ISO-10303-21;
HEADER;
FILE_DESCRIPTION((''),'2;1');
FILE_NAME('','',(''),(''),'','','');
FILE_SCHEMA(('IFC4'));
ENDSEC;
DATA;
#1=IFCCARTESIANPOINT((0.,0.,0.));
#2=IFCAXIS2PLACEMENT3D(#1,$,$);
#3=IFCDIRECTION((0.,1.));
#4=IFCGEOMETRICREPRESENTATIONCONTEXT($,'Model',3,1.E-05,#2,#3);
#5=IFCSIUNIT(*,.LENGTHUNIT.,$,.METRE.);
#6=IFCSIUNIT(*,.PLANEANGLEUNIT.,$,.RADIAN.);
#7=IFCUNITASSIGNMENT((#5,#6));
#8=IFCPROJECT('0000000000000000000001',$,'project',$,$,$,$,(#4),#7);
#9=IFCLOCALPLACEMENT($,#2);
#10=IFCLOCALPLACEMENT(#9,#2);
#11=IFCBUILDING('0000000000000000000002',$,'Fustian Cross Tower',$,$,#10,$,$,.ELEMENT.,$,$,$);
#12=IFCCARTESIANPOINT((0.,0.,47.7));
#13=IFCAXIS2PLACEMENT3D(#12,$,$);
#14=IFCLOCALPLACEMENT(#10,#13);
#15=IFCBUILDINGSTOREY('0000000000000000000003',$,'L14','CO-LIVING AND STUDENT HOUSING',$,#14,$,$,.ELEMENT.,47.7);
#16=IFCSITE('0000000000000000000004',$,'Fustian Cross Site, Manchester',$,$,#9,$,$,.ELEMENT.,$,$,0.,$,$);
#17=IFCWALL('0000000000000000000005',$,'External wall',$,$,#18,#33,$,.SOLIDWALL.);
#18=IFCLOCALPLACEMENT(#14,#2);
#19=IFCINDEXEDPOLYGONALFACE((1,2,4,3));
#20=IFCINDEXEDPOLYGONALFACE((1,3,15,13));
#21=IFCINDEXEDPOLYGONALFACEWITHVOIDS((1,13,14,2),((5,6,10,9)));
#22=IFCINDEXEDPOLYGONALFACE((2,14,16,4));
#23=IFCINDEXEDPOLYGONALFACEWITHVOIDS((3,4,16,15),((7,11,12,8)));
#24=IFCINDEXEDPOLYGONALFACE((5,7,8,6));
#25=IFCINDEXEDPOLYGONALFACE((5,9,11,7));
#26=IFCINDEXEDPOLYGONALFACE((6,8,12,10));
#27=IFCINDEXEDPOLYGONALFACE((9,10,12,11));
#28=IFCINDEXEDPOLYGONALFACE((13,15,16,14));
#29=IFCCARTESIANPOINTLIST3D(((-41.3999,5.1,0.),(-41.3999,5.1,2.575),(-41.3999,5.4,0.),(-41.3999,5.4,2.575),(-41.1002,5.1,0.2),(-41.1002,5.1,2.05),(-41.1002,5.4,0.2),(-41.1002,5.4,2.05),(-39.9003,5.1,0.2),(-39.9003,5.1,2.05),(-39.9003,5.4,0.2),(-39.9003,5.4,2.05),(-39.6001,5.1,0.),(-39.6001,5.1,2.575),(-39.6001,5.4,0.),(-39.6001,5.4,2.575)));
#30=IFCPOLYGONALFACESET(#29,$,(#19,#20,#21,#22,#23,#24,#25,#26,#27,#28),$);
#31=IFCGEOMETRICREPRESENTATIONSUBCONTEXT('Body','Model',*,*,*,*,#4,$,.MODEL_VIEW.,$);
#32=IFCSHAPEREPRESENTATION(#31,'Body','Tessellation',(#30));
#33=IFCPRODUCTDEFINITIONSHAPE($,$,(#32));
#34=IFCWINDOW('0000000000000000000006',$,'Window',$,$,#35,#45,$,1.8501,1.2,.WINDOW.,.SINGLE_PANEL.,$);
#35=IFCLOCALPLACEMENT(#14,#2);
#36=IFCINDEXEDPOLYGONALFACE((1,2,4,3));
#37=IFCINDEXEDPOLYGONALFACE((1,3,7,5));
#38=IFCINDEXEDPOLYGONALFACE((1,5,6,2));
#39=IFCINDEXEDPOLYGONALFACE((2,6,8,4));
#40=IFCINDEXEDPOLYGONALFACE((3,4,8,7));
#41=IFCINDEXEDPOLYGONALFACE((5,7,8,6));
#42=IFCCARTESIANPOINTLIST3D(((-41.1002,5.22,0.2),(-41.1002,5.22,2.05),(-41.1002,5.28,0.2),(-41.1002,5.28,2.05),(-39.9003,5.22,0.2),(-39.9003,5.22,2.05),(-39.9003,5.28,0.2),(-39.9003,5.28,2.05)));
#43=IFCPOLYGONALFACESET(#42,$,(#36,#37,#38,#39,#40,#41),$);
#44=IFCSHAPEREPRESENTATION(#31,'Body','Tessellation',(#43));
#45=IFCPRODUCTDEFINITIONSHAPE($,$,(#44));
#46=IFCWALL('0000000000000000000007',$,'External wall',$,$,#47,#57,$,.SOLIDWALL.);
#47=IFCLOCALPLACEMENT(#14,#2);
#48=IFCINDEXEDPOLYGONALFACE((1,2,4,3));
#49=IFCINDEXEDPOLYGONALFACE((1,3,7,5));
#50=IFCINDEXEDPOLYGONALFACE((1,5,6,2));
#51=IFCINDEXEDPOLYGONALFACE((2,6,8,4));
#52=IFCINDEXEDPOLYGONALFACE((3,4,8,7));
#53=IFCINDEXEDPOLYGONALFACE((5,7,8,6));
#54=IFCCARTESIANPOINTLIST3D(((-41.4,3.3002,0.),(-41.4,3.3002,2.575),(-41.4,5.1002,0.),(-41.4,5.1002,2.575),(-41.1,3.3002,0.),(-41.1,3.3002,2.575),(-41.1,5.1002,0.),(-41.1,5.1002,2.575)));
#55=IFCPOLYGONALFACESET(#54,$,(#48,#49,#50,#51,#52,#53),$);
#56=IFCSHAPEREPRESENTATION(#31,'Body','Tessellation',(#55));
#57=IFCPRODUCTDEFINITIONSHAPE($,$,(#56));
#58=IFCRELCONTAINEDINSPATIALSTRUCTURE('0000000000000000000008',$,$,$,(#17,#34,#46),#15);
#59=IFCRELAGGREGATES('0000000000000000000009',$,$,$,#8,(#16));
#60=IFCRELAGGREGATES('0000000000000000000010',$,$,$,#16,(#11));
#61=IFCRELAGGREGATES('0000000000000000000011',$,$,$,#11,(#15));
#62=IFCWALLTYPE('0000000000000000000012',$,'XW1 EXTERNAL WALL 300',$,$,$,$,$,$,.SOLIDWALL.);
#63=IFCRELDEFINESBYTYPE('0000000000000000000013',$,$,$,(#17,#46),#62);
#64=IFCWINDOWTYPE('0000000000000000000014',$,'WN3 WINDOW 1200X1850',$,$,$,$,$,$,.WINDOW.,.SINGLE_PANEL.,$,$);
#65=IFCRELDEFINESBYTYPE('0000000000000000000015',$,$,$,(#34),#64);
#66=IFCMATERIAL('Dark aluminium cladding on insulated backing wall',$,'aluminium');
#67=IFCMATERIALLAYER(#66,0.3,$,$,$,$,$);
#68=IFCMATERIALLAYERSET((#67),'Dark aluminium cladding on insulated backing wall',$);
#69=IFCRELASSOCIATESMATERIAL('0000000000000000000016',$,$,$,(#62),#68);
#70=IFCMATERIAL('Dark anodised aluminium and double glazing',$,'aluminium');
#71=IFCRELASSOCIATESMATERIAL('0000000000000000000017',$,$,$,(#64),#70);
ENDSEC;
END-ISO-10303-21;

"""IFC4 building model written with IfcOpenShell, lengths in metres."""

from ifc_helpers import new_model, si_unit, direction, frame, frame_2d, origin, place, context, subcontext, project, spatial, rectangle, extrude, material, layer, layer_set, type_object, element, fill, save


model = new_model("IFC4")

# Units and contexts
model_context = context("Model", 3, precision=1e-05, world=origin(), true_north=direction((0.0, 1.0)))
body_context = subcontext(model_context, "Body", "Model", "MODEL_VIEW")
ifc_project = project(units=[si_unit("LENGTHUNIT", "METRE"), si_unit("PLANEANGLEUNIT", "RADIAN")], contexts=[model_context])

# Site, building, storey
site_placement = place(None, origin())
site = spatial("IfcSite", under=ifc_project, at=site_placement, Name="Fustian Cross Site, Manchester", CompositionType="ELEMENT", RefElevation=0.0)
building_placement = place(site_placement, origin())
building = spatial("IfcBuilding", under=site, at=building_placement, Name="Fustian Cross Tower", CompositionType="ELEMENT")
storey_placement = place(building_placement, frame((0.0, 0.0, 47.7)))
storey = spatial("IfcBuildingStorey", under=building, at=storey_placement, Name="L14", Description="CO-LIVING AND STUDENT HOUSING", CompositionType="ELEMENT", Elevation=47.7)

# Shared definitions
ifc_material_1 = material(Name="Dark aluminium cladding on insulated backing wall", Category="aluminium")
ifc_layer = layer(ifc_material_1, 0.3)
ifc_layer_set = layer_set([ifc_layer], Name="Dark aluminium cladding on insulated backing wall")
wall_type = type_object("IfcWallType", Name="XW1 EXTERNAL WALL 300", PredefinedType="SOLIDWALL", material=ifc_layer_set)
ifc_material_2 = material(Name="Dark anodised aluminium and double glazing", Category="aluminium")
window_type = type_object("IfcWindowType", Name="WN3 WINDOW 1200X1850", PartitioningType="SINGLE_PANEL", PredefinedType="WINDOW", material=ifc_material_2)

# Wall, opening, window
wall_1_placement = place(storey_placement, frame((-39.6001, 5.25, 0.0), z_axis=(0.0, 0.0, 1.0), x_axis=(-1.0, 0.0, 0.0)))
wall_1 = element("IfcWall", 1, at=wall_1_placement, inside=storey, type_object=wall_type, Name="External wall", PredefinedType="SOLIDWALL", context=body_context, shape_type="SweptSolid", body=[
    extrude(rectangle(XDim=1.7998, YDim=0.3, at=frame_2d((0.8999, 0.0))), origin(), (0.0, 0.0, 1.0), 2.575),
])
opening_1_placement = place(wall_1_placement, frame((0.3, 0.0, 0.2)))
opening_1 = element("IfcOpeningElement", 2, at=opening_1_placement, cuts=wall_1, PredefinedType="OPENING", context=body_context, shape_type="SweptSolid", body=[
    extrude(rectangle(XDim=1.2, YDim=1.8501, at=frame_2d((0.6001, 0.925))), frame((0.0, 0.1599, 0.0), z_axis=(0.0, -1.0, 0.0), x_axis=(1.0, 0.0, 0.0)), (0.0, 0.0, 1.0), 0.3201),
])
window_1_placement = place(opening_1_placement, origin())
window_1 = element("IfcWindow", 3, at=window_1_placement, inside=storey, type_object=window_type, Name="Window", OverallHeight=1.8501, OverallWidth=1.2, PartitioningType="SINGLE_PANEL", PredefinedType="WINDOW", context=body_context, shape_type="SweptSolid", body=[
    extrude(rectangle(XDim=1.2, YDim=1.8501, at=frame_2d((0.6001, 0.925))), frame((0.0, 0.03, 0.0), z_axis=(0.0, -1.0, 0.0), x_axis=(1.0, 0.0, 0.0)), (0.0, 0.0, 1.0), 0.0601),
])
fill(opening_1, window_1)

# Wall
wall_2_placement = place(storey_placement, frame((-41.25, 5.1001, 0.0), z_axis=(0.0, 0.0, 1.0), x_axis=(0.0, -1.0, 0.0)))
element("IfcWall", 4, at=wall_2_placement, inside=storey, type_object=wall_type, Name="External wall", PredefinedType="SOLIDWALL", context=body_context, shape_type="SweptSolid", body=[
    extrude(rectangle(XDim=1.8, YDim=0.3, at=frame_2d((0.8999, 0.0))), origin(), (0.0, 0.0, 1.0), 2.575),
])

save(model, "model.ifc")
